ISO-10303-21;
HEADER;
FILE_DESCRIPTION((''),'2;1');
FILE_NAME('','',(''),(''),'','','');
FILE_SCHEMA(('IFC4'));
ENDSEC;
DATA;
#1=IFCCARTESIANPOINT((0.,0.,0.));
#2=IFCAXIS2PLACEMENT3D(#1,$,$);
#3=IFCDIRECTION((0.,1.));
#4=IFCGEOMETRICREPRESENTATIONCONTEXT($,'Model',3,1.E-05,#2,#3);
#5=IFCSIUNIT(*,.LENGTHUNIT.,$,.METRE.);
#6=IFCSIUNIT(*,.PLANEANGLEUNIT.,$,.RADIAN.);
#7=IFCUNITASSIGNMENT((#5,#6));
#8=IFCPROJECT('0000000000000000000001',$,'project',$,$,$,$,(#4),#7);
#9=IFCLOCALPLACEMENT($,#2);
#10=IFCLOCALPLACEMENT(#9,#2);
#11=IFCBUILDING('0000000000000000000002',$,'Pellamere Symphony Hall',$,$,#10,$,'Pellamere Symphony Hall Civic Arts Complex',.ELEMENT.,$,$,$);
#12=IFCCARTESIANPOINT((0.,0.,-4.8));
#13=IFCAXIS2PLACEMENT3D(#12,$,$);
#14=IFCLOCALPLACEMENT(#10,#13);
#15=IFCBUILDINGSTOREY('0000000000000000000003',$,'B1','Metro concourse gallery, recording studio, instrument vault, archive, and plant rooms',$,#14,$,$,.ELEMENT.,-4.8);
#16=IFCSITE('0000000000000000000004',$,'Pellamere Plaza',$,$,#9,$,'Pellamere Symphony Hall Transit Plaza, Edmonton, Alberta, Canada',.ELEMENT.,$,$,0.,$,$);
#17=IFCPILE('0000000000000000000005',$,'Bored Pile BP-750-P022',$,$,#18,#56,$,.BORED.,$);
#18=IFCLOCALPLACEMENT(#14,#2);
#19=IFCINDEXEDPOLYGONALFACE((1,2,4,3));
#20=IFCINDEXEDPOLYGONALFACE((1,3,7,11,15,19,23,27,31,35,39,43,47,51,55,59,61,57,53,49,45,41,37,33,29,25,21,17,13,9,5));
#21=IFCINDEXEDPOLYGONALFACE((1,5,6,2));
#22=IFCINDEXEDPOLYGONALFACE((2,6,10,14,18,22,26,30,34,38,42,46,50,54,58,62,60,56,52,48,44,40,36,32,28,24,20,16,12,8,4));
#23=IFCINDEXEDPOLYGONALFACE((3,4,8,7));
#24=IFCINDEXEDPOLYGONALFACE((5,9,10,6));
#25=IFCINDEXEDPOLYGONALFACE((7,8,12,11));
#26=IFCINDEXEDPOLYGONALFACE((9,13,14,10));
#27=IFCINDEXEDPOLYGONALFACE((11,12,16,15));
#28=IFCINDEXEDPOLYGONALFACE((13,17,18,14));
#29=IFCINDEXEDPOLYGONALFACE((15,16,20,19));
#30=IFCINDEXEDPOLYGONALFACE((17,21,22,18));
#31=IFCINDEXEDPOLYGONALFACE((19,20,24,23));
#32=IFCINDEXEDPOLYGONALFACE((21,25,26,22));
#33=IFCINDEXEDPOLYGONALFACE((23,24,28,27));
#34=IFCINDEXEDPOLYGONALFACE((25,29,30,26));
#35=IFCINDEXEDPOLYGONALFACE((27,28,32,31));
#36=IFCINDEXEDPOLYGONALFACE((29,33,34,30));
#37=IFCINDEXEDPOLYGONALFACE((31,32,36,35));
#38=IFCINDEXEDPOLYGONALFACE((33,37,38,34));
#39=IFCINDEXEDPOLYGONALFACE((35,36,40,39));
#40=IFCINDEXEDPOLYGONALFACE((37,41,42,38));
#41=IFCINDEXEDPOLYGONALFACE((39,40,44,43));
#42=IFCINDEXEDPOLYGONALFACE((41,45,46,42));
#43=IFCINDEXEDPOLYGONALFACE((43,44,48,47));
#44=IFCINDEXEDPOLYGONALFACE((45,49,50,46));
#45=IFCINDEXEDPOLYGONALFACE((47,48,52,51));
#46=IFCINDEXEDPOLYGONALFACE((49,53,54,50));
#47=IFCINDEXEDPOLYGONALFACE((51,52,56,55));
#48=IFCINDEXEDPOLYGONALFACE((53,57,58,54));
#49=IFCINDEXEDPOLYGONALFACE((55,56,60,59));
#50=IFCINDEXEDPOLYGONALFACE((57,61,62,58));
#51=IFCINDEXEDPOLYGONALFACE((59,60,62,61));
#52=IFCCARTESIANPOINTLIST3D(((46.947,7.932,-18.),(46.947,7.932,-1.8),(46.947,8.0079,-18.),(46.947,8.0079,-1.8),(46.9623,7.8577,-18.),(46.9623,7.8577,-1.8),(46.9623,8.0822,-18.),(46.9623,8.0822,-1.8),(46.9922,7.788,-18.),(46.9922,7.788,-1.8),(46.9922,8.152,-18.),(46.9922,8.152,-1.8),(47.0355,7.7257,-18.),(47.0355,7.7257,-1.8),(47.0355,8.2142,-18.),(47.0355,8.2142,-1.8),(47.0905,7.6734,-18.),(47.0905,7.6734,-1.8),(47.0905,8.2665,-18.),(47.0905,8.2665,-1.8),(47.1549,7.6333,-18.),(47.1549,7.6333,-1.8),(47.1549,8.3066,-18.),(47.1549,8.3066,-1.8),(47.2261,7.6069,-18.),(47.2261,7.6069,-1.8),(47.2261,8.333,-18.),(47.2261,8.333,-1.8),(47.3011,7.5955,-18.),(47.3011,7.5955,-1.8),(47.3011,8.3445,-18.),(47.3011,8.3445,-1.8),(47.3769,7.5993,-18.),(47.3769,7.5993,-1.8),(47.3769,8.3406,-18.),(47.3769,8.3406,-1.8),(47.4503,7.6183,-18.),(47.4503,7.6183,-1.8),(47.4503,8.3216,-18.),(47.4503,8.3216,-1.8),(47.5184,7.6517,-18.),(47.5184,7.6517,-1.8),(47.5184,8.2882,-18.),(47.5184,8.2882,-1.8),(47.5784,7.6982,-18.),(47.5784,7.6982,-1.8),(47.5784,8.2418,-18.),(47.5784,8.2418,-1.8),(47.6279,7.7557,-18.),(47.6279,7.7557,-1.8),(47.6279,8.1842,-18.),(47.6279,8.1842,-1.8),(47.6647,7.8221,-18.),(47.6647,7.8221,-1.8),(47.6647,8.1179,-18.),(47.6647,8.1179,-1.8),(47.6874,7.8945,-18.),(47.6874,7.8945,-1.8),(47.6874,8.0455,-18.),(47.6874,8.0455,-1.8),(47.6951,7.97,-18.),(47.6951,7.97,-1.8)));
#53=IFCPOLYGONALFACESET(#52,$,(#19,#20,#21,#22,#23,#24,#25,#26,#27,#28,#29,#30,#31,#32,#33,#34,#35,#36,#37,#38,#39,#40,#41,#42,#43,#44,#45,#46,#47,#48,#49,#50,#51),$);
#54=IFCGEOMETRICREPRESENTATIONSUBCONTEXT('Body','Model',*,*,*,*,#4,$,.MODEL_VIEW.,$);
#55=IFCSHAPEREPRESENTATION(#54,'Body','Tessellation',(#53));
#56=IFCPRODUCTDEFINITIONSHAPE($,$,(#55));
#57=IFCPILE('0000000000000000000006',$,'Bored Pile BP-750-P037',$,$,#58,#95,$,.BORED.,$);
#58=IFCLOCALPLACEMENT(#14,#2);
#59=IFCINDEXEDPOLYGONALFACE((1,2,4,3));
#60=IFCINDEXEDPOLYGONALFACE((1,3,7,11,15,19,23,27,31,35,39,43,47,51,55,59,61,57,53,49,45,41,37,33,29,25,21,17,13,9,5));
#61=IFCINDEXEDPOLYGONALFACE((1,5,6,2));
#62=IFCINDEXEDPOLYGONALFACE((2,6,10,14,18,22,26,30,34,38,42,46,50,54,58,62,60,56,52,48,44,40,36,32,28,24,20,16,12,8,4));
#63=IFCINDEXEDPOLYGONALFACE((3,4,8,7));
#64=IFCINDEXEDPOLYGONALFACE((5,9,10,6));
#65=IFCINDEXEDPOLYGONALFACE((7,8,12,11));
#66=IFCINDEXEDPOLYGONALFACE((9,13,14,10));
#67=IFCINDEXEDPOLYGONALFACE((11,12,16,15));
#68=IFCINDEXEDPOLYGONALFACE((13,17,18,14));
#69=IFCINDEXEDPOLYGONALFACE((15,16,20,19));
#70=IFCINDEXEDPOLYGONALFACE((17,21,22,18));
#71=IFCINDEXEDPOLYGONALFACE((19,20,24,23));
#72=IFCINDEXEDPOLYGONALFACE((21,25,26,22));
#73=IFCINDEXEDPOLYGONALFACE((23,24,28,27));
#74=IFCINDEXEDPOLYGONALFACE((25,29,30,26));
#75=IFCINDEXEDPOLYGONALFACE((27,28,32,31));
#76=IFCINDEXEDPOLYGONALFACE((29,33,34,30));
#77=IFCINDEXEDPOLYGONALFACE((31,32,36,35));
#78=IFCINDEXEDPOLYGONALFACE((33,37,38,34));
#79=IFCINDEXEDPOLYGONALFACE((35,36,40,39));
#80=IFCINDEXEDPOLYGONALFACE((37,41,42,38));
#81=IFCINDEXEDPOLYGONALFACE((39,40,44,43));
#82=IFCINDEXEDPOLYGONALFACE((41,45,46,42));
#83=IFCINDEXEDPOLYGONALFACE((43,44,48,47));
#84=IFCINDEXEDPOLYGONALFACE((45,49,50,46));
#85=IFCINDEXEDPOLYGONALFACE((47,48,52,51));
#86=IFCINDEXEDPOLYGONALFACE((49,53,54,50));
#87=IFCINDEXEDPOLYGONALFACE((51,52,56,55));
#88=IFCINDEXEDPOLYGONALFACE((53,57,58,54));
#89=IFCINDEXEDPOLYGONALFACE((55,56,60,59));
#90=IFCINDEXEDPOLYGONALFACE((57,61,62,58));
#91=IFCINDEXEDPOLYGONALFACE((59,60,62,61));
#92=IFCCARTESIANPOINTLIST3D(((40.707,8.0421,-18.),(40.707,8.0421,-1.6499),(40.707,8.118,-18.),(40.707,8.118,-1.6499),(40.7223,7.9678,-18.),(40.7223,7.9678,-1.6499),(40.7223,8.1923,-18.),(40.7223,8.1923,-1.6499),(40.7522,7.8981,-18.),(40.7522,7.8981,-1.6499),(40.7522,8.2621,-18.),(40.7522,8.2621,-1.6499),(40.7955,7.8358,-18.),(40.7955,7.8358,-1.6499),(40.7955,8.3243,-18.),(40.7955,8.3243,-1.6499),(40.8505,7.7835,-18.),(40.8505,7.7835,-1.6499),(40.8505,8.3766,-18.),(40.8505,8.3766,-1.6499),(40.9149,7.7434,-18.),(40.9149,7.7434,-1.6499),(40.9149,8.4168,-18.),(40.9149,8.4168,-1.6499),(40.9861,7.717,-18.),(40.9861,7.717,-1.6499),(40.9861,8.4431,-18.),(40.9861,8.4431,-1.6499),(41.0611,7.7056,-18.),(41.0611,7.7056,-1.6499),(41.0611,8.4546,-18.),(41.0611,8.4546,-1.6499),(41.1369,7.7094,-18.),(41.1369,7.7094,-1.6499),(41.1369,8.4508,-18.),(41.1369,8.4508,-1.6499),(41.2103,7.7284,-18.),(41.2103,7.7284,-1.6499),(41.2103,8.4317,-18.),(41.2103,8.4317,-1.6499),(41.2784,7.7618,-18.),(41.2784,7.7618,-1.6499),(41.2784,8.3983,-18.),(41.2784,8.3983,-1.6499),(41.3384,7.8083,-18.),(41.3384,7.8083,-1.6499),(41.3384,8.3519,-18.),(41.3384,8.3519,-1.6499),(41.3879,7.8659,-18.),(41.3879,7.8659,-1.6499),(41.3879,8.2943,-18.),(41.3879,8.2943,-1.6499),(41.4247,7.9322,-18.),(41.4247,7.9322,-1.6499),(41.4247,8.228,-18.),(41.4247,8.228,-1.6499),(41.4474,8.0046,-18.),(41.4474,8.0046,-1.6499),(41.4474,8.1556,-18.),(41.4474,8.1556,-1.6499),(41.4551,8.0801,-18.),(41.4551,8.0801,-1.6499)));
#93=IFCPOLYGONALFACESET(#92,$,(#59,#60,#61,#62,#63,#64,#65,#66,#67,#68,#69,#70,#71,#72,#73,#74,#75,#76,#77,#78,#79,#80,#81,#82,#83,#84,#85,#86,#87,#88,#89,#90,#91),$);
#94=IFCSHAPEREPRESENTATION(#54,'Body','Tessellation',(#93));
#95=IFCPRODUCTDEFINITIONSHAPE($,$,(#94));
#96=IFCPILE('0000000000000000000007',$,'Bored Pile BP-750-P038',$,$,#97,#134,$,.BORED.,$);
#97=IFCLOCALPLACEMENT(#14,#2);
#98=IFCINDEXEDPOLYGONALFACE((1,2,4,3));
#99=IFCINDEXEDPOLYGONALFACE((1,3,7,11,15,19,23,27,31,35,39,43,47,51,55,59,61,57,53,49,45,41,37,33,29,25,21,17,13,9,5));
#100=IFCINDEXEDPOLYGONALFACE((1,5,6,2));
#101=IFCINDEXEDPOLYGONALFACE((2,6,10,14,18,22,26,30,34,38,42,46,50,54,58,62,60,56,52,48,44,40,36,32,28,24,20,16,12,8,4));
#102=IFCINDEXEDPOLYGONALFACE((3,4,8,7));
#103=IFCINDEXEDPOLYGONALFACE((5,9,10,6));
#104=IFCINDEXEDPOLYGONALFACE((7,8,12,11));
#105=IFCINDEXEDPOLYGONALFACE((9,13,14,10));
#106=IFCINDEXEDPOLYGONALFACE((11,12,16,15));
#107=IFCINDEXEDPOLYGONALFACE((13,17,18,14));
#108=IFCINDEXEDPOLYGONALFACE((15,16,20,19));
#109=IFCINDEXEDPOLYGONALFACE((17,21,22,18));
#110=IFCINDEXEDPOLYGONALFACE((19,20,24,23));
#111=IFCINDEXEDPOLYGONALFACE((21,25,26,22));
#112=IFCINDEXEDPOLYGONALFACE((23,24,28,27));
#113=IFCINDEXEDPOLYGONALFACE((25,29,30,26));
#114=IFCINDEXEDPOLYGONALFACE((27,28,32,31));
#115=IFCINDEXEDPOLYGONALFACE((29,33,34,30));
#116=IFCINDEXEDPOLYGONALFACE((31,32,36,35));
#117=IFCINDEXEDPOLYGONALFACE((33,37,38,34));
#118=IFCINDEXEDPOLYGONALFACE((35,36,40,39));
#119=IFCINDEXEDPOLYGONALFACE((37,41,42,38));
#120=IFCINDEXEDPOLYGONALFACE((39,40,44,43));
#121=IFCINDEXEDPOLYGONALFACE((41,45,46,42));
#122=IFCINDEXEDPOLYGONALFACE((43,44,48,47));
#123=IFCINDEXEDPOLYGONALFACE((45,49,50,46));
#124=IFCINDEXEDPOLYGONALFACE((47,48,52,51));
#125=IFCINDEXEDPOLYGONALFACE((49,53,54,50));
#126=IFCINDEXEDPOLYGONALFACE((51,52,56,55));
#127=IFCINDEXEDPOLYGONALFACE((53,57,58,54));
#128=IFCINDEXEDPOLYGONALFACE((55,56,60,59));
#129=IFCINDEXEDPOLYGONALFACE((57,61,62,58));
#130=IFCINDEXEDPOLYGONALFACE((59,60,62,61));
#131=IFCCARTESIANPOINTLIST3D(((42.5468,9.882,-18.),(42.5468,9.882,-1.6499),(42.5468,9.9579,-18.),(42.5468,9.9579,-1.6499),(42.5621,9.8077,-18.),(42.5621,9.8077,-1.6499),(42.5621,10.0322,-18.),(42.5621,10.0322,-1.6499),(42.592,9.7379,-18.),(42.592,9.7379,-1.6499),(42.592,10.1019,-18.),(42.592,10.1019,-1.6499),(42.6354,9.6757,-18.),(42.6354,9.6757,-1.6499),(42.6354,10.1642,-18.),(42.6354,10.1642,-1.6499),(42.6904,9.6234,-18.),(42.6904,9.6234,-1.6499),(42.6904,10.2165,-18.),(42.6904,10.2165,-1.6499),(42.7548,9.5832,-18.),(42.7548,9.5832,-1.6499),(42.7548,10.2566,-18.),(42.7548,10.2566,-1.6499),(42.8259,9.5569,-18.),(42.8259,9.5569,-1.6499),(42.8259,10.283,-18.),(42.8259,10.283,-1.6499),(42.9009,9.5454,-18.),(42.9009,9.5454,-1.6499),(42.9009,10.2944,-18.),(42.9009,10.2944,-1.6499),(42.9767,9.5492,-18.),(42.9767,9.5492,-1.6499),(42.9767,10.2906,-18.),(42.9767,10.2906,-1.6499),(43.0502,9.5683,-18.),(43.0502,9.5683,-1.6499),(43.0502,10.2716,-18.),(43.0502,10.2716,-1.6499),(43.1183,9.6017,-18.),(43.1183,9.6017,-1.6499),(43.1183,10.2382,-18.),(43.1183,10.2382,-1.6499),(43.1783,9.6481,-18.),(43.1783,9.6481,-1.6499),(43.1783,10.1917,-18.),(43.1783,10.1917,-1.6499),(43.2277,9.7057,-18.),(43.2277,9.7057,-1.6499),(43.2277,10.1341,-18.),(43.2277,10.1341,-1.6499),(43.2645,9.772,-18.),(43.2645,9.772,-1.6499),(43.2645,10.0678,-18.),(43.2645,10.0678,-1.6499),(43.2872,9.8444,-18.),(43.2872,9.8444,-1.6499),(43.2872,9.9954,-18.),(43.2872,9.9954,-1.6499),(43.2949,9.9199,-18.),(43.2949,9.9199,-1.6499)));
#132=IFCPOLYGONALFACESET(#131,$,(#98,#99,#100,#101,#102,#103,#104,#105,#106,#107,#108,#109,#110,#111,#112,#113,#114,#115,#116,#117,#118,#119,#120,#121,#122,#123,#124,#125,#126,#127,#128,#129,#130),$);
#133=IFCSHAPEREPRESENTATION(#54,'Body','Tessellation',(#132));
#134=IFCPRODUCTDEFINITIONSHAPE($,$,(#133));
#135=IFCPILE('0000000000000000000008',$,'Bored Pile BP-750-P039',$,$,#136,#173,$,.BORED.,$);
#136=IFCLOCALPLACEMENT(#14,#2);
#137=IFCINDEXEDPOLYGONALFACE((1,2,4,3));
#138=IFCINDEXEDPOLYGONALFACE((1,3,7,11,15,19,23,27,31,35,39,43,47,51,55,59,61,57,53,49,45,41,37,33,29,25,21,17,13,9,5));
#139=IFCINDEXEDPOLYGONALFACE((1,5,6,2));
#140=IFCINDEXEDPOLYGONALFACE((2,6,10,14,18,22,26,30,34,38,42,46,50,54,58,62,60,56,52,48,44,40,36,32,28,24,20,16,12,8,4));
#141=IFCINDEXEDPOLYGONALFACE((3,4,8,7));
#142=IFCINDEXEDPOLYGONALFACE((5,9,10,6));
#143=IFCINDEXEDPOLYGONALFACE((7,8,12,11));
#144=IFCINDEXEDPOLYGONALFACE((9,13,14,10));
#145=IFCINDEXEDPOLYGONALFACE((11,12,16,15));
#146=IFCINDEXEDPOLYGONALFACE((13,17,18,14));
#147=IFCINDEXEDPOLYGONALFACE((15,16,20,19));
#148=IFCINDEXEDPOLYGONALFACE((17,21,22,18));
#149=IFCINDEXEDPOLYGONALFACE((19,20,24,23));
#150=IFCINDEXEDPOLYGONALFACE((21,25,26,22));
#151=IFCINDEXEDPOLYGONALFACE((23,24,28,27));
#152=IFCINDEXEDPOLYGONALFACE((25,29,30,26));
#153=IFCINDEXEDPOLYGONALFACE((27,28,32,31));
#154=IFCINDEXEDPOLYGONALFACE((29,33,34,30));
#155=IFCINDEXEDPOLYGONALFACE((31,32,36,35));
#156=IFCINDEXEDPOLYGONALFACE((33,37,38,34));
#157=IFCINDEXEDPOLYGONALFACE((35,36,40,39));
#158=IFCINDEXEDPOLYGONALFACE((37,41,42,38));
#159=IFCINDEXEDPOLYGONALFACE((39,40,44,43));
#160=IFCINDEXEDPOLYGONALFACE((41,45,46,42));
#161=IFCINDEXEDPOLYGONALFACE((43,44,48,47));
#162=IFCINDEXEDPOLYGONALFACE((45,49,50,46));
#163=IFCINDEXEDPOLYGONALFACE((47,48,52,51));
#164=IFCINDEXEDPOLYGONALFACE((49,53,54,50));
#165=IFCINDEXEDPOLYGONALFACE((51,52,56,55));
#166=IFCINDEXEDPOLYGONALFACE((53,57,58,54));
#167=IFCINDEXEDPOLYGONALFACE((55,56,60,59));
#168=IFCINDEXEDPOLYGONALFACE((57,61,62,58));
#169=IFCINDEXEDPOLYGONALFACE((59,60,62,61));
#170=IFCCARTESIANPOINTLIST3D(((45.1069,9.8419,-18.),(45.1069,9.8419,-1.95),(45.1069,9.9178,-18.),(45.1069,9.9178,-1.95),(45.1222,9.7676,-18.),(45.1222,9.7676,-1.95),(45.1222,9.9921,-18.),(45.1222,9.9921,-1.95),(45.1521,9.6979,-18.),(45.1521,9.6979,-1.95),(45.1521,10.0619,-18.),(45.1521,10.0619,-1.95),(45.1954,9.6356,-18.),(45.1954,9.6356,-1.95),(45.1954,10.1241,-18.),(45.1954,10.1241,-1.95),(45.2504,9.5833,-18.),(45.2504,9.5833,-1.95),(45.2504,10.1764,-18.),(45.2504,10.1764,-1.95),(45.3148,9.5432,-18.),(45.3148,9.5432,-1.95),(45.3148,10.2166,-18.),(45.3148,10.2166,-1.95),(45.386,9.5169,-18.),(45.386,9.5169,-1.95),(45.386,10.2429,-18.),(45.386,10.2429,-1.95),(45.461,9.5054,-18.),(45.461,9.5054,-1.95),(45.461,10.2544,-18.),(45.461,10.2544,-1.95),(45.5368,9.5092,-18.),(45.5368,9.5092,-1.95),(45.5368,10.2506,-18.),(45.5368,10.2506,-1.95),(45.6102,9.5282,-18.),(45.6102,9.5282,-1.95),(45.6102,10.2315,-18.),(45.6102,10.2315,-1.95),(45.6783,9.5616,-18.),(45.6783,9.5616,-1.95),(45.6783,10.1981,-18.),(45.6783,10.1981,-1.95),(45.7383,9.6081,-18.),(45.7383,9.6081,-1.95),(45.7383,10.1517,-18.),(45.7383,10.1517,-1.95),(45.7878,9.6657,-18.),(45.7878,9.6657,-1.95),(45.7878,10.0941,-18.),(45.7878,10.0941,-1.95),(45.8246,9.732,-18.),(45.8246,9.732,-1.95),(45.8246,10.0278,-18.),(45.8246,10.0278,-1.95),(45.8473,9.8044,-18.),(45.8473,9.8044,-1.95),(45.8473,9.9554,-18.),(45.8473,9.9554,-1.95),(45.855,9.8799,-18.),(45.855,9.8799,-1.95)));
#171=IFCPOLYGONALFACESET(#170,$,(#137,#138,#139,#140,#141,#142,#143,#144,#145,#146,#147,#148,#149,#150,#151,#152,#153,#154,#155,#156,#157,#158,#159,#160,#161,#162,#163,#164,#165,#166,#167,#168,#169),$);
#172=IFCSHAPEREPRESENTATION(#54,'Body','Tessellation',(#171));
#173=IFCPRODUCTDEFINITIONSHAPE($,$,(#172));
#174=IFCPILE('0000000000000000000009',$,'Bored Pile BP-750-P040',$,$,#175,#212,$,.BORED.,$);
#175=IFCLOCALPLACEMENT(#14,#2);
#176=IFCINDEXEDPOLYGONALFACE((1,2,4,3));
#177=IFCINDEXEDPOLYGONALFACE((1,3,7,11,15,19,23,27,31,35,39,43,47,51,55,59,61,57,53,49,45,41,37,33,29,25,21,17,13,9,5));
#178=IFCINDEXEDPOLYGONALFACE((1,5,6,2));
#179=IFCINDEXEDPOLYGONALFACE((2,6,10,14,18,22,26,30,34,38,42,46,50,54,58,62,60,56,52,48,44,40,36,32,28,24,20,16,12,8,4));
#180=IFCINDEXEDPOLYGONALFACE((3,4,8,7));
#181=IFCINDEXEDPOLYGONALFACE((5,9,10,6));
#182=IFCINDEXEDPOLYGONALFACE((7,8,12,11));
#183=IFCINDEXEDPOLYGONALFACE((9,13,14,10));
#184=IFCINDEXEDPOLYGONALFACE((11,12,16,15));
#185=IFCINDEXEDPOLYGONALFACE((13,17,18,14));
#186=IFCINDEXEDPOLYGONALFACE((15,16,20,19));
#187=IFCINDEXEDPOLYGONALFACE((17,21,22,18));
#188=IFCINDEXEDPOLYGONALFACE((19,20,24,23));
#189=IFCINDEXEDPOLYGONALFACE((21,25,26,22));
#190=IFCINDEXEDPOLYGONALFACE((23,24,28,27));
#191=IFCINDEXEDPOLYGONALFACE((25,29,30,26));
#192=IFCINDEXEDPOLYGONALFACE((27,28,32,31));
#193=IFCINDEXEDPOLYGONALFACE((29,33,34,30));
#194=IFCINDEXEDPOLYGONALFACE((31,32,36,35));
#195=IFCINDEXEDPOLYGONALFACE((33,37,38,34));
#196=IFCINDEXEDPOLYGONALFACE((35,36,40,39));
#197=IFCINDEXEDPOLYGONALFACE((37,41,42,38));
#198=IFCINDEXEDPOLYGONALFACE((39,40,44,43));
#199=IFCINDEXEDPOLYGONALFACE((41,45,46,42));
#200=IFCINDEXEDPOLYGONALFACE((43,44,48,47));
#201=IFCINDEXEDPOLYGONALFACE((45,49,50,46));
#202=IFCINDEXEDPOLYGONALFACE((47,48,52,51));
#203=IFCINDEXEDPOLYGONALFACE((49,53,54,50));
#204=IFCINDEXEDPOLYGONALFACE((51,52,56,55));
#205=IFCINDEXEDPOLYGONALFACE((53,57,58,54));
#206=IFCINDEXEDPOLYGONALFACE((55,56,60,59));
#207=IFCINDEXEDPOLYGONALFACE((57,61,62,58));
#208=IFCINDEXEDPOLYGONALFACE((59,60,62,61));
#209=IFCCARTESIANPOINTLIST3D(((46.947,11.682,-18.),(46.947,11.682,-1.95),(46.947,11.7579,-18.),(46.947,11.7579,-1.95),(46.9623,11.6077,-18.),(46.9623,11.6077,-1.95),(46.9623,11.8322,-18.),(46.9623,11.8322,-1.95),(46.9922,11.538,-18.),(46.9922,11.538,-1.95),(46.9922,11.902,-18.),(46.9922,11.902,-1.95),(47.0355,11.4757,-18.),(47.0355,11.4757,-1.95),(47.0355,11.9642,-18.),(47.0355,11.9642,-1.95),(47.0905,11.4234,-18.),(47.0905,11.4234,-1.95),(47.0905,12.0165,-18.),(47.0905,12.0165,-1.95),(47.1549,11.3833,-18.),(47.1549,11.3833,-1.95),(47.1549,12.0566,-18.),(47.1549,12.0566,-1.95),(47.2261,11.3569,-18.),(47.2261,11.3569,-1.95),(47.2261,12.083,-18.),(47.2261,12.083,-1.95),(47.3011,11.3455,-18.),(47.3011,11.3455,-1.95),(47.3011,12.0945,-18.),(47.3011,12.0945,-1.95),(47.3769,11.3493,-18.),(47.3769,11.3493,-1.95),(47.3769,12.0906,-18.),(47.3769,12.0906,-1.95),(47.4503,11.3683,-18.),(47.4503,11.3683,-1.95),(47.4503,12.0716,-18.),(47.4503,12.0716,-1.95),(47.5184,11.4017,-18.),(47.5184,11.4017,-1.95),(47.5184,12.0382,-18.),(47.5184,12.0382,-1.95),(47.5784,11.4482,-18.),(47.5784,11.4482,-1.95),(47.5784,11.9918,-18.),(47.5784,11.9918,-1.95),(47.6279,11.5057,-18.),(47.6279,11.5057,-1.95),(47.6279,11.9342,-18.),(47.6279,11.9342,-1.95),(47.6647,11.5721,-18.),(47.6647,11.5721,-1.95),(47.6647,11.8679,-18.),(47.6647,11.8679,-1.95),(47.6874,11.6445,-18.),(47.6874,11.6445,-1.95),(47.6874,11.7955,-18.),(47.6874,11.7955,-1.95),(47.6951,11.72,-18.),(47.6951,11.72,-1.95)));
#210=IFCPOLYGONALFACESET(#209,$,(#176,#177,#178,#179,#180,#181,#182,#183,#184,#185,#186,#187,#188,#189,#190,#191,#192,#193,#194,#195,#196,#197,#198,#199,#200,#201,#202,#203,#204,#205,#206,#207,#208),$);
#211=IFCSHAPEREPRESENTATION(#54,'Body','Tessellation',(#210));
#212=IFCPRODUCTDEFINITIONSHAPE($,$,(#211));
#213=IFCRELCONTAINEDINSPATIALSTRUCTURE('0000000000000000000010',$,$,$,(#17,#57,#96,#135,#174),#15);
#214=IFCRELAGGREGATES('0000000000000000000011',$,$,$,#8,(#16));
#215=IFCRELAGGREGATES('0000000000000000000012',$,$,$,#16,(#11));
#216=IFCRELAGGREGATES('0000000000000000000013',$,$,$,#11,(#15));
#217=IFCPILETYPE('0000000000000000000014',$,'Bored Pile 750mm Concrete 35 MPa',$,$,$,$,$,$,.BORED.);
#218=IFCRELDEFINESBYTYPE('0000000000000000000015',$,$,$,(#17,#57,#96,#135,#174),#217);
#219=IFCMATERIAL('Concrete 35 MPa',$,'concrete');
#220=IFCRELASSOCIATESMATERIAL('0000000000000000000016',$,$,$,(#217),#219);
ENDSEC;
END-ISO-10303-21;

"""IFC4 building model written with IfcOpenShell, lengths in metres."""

from ifc_helpers import new_model, si_unit, direction, frame, origin, origin_2d, place, context, subcontext, project, spatial, circle, extrude, material, material_profile, profile_set, type_object, element, save


model = new_model("IFC4")

# Units and contexts
model_context = context("Model", 3, precision=1e-05, world=origin(), true_north=direction((0.0, 1.0)))
body_context = subcontext(model_context, "Body", "Model", "MODEL_VIEW")
ifc_project = project(units=[si_unit("LENGTHUNIT", "METRE"), si_unit("PLANEANGLEUNIT", "RADIAN")], contexts=[model_context])

# Site, building, storey
site_placement = place(None, origin())
site = spatial("IfcSite", under=ifc_project, at=site_placement, Name="Pellamere Plaza", LongName="Pellamere Symphony Hall Transit Plaza, Edmonton, Alberta, Canada", CompositionType="ELEMENT", RefElevation=0.0)
building_placement = place(site_placement, origin())
building = spatial("IfcBuilding", under=site, at=building_placement, Name="Pellamere Symphony Hall", LongName="Pellamere Symphony Hall Civic Arts Complex", CompositionType="ELEMENT")
storey_placement = place(building_placement, frame((0.0, 0.0, -4.8)))
storey = spatial("IfcBuildingStorey", under=building, at=storey_placement, Name="B1", Description="Metro concourse gallery, recording studio, instrument vault, archive, and plant rooms", CompositionType="ELEMENT", Elevation=-4.8)

# Piles
ifc_material_1 = material(Name="Concrete 35 MPa", Category="concrete")
ifc_material_profile_1 = material_profile(ifc_material_1, circle(Radius=0.375, at=origin_2d()), Name="PILE D750")
ifc_profile_set_1 = profile_set([ifc_material_profile_1], Name="Concrete 35 MPa")
pile_type = type_object("IfcPileType", Name="Bored Pile 750mm Concrete 35 MPa", PredefinedType="BORED", material=ifc_profile_set_1)
for number, where, z_axis, x_axis, name in (
    (1, (47.3201, 7.97, -1.8), (0.0, 0.0, -1.0), (1.0, 0.0, 0.0), "Bored Pile BP-750-P022"),
):
    element("IfcPile", number, at=place(storey_placement, frame(where, z_axis=z_axis, x_axis=x_axis)), inside=storey, type_object=pile_type, Name=name, PredefinedType="BORED", context=body_context, shape_type="SweptSolid", body=[
        extrude(circle(Radius=0.375, at=origin_2d()), origin(), (0.0, 0.0, 1.0), 16.2),
    ])
for number, where, z_axis, x_axis, name in (
    (2, (41.0801, 8.0801, -1.6499), (0.0, 0.0, -1.0), (1.0, 0.0, 0.0), "Bored Pile BP-750-P037"),
    (3, (42.9199, 9.9199, -1.6499), (0.0, 0.0, -1.0), (1.0, 0.0, 0.0), "Bored Pile BP-750-P038"),
):
    element("IfcPile", number, at=place(storey_placement, frame(where, z_axis=z_axis, x_axis=x_axis)), inside=storey, type_object=pile_type, Name=name, PredefinedType="BORED", context=body_context, shape_type="SweptSolid", body=[
        extrude(circle(Radius=0.375, at=origin_2d()), origin(), (0.0, 0.0, 1.0), 16.3501),
    ])
for number, where, z_axis, x_axis, name in (
    (4, (45.48, 9.8799, -1.95), (0.0, 0.0, -1.0), (1.0, 0.0, 0.0), "Bored Pile BP-750-P039"),
    (5, (47.3201, 11.72, -1.95), (0.0, 0.0, -1.0), (1.0, 0.0, 0.0), "Bored Pile BP-750-P040"),
):
    element("IfcPile", number, at=place(storey_placement, frame(where, z_axis=z_axis, x_axis=x_axis)), inside=storey, type_object=pile_type, Name=name, PredefinedType="BORED", context=body_context, shape_type="SweptSolid", body=[
        extrude(circle(Radius=0.375, at=origin_2d()), origin(), (0.0, 0.0, 1.0), 16.05),
    ])

save(model, "model.ifc")
